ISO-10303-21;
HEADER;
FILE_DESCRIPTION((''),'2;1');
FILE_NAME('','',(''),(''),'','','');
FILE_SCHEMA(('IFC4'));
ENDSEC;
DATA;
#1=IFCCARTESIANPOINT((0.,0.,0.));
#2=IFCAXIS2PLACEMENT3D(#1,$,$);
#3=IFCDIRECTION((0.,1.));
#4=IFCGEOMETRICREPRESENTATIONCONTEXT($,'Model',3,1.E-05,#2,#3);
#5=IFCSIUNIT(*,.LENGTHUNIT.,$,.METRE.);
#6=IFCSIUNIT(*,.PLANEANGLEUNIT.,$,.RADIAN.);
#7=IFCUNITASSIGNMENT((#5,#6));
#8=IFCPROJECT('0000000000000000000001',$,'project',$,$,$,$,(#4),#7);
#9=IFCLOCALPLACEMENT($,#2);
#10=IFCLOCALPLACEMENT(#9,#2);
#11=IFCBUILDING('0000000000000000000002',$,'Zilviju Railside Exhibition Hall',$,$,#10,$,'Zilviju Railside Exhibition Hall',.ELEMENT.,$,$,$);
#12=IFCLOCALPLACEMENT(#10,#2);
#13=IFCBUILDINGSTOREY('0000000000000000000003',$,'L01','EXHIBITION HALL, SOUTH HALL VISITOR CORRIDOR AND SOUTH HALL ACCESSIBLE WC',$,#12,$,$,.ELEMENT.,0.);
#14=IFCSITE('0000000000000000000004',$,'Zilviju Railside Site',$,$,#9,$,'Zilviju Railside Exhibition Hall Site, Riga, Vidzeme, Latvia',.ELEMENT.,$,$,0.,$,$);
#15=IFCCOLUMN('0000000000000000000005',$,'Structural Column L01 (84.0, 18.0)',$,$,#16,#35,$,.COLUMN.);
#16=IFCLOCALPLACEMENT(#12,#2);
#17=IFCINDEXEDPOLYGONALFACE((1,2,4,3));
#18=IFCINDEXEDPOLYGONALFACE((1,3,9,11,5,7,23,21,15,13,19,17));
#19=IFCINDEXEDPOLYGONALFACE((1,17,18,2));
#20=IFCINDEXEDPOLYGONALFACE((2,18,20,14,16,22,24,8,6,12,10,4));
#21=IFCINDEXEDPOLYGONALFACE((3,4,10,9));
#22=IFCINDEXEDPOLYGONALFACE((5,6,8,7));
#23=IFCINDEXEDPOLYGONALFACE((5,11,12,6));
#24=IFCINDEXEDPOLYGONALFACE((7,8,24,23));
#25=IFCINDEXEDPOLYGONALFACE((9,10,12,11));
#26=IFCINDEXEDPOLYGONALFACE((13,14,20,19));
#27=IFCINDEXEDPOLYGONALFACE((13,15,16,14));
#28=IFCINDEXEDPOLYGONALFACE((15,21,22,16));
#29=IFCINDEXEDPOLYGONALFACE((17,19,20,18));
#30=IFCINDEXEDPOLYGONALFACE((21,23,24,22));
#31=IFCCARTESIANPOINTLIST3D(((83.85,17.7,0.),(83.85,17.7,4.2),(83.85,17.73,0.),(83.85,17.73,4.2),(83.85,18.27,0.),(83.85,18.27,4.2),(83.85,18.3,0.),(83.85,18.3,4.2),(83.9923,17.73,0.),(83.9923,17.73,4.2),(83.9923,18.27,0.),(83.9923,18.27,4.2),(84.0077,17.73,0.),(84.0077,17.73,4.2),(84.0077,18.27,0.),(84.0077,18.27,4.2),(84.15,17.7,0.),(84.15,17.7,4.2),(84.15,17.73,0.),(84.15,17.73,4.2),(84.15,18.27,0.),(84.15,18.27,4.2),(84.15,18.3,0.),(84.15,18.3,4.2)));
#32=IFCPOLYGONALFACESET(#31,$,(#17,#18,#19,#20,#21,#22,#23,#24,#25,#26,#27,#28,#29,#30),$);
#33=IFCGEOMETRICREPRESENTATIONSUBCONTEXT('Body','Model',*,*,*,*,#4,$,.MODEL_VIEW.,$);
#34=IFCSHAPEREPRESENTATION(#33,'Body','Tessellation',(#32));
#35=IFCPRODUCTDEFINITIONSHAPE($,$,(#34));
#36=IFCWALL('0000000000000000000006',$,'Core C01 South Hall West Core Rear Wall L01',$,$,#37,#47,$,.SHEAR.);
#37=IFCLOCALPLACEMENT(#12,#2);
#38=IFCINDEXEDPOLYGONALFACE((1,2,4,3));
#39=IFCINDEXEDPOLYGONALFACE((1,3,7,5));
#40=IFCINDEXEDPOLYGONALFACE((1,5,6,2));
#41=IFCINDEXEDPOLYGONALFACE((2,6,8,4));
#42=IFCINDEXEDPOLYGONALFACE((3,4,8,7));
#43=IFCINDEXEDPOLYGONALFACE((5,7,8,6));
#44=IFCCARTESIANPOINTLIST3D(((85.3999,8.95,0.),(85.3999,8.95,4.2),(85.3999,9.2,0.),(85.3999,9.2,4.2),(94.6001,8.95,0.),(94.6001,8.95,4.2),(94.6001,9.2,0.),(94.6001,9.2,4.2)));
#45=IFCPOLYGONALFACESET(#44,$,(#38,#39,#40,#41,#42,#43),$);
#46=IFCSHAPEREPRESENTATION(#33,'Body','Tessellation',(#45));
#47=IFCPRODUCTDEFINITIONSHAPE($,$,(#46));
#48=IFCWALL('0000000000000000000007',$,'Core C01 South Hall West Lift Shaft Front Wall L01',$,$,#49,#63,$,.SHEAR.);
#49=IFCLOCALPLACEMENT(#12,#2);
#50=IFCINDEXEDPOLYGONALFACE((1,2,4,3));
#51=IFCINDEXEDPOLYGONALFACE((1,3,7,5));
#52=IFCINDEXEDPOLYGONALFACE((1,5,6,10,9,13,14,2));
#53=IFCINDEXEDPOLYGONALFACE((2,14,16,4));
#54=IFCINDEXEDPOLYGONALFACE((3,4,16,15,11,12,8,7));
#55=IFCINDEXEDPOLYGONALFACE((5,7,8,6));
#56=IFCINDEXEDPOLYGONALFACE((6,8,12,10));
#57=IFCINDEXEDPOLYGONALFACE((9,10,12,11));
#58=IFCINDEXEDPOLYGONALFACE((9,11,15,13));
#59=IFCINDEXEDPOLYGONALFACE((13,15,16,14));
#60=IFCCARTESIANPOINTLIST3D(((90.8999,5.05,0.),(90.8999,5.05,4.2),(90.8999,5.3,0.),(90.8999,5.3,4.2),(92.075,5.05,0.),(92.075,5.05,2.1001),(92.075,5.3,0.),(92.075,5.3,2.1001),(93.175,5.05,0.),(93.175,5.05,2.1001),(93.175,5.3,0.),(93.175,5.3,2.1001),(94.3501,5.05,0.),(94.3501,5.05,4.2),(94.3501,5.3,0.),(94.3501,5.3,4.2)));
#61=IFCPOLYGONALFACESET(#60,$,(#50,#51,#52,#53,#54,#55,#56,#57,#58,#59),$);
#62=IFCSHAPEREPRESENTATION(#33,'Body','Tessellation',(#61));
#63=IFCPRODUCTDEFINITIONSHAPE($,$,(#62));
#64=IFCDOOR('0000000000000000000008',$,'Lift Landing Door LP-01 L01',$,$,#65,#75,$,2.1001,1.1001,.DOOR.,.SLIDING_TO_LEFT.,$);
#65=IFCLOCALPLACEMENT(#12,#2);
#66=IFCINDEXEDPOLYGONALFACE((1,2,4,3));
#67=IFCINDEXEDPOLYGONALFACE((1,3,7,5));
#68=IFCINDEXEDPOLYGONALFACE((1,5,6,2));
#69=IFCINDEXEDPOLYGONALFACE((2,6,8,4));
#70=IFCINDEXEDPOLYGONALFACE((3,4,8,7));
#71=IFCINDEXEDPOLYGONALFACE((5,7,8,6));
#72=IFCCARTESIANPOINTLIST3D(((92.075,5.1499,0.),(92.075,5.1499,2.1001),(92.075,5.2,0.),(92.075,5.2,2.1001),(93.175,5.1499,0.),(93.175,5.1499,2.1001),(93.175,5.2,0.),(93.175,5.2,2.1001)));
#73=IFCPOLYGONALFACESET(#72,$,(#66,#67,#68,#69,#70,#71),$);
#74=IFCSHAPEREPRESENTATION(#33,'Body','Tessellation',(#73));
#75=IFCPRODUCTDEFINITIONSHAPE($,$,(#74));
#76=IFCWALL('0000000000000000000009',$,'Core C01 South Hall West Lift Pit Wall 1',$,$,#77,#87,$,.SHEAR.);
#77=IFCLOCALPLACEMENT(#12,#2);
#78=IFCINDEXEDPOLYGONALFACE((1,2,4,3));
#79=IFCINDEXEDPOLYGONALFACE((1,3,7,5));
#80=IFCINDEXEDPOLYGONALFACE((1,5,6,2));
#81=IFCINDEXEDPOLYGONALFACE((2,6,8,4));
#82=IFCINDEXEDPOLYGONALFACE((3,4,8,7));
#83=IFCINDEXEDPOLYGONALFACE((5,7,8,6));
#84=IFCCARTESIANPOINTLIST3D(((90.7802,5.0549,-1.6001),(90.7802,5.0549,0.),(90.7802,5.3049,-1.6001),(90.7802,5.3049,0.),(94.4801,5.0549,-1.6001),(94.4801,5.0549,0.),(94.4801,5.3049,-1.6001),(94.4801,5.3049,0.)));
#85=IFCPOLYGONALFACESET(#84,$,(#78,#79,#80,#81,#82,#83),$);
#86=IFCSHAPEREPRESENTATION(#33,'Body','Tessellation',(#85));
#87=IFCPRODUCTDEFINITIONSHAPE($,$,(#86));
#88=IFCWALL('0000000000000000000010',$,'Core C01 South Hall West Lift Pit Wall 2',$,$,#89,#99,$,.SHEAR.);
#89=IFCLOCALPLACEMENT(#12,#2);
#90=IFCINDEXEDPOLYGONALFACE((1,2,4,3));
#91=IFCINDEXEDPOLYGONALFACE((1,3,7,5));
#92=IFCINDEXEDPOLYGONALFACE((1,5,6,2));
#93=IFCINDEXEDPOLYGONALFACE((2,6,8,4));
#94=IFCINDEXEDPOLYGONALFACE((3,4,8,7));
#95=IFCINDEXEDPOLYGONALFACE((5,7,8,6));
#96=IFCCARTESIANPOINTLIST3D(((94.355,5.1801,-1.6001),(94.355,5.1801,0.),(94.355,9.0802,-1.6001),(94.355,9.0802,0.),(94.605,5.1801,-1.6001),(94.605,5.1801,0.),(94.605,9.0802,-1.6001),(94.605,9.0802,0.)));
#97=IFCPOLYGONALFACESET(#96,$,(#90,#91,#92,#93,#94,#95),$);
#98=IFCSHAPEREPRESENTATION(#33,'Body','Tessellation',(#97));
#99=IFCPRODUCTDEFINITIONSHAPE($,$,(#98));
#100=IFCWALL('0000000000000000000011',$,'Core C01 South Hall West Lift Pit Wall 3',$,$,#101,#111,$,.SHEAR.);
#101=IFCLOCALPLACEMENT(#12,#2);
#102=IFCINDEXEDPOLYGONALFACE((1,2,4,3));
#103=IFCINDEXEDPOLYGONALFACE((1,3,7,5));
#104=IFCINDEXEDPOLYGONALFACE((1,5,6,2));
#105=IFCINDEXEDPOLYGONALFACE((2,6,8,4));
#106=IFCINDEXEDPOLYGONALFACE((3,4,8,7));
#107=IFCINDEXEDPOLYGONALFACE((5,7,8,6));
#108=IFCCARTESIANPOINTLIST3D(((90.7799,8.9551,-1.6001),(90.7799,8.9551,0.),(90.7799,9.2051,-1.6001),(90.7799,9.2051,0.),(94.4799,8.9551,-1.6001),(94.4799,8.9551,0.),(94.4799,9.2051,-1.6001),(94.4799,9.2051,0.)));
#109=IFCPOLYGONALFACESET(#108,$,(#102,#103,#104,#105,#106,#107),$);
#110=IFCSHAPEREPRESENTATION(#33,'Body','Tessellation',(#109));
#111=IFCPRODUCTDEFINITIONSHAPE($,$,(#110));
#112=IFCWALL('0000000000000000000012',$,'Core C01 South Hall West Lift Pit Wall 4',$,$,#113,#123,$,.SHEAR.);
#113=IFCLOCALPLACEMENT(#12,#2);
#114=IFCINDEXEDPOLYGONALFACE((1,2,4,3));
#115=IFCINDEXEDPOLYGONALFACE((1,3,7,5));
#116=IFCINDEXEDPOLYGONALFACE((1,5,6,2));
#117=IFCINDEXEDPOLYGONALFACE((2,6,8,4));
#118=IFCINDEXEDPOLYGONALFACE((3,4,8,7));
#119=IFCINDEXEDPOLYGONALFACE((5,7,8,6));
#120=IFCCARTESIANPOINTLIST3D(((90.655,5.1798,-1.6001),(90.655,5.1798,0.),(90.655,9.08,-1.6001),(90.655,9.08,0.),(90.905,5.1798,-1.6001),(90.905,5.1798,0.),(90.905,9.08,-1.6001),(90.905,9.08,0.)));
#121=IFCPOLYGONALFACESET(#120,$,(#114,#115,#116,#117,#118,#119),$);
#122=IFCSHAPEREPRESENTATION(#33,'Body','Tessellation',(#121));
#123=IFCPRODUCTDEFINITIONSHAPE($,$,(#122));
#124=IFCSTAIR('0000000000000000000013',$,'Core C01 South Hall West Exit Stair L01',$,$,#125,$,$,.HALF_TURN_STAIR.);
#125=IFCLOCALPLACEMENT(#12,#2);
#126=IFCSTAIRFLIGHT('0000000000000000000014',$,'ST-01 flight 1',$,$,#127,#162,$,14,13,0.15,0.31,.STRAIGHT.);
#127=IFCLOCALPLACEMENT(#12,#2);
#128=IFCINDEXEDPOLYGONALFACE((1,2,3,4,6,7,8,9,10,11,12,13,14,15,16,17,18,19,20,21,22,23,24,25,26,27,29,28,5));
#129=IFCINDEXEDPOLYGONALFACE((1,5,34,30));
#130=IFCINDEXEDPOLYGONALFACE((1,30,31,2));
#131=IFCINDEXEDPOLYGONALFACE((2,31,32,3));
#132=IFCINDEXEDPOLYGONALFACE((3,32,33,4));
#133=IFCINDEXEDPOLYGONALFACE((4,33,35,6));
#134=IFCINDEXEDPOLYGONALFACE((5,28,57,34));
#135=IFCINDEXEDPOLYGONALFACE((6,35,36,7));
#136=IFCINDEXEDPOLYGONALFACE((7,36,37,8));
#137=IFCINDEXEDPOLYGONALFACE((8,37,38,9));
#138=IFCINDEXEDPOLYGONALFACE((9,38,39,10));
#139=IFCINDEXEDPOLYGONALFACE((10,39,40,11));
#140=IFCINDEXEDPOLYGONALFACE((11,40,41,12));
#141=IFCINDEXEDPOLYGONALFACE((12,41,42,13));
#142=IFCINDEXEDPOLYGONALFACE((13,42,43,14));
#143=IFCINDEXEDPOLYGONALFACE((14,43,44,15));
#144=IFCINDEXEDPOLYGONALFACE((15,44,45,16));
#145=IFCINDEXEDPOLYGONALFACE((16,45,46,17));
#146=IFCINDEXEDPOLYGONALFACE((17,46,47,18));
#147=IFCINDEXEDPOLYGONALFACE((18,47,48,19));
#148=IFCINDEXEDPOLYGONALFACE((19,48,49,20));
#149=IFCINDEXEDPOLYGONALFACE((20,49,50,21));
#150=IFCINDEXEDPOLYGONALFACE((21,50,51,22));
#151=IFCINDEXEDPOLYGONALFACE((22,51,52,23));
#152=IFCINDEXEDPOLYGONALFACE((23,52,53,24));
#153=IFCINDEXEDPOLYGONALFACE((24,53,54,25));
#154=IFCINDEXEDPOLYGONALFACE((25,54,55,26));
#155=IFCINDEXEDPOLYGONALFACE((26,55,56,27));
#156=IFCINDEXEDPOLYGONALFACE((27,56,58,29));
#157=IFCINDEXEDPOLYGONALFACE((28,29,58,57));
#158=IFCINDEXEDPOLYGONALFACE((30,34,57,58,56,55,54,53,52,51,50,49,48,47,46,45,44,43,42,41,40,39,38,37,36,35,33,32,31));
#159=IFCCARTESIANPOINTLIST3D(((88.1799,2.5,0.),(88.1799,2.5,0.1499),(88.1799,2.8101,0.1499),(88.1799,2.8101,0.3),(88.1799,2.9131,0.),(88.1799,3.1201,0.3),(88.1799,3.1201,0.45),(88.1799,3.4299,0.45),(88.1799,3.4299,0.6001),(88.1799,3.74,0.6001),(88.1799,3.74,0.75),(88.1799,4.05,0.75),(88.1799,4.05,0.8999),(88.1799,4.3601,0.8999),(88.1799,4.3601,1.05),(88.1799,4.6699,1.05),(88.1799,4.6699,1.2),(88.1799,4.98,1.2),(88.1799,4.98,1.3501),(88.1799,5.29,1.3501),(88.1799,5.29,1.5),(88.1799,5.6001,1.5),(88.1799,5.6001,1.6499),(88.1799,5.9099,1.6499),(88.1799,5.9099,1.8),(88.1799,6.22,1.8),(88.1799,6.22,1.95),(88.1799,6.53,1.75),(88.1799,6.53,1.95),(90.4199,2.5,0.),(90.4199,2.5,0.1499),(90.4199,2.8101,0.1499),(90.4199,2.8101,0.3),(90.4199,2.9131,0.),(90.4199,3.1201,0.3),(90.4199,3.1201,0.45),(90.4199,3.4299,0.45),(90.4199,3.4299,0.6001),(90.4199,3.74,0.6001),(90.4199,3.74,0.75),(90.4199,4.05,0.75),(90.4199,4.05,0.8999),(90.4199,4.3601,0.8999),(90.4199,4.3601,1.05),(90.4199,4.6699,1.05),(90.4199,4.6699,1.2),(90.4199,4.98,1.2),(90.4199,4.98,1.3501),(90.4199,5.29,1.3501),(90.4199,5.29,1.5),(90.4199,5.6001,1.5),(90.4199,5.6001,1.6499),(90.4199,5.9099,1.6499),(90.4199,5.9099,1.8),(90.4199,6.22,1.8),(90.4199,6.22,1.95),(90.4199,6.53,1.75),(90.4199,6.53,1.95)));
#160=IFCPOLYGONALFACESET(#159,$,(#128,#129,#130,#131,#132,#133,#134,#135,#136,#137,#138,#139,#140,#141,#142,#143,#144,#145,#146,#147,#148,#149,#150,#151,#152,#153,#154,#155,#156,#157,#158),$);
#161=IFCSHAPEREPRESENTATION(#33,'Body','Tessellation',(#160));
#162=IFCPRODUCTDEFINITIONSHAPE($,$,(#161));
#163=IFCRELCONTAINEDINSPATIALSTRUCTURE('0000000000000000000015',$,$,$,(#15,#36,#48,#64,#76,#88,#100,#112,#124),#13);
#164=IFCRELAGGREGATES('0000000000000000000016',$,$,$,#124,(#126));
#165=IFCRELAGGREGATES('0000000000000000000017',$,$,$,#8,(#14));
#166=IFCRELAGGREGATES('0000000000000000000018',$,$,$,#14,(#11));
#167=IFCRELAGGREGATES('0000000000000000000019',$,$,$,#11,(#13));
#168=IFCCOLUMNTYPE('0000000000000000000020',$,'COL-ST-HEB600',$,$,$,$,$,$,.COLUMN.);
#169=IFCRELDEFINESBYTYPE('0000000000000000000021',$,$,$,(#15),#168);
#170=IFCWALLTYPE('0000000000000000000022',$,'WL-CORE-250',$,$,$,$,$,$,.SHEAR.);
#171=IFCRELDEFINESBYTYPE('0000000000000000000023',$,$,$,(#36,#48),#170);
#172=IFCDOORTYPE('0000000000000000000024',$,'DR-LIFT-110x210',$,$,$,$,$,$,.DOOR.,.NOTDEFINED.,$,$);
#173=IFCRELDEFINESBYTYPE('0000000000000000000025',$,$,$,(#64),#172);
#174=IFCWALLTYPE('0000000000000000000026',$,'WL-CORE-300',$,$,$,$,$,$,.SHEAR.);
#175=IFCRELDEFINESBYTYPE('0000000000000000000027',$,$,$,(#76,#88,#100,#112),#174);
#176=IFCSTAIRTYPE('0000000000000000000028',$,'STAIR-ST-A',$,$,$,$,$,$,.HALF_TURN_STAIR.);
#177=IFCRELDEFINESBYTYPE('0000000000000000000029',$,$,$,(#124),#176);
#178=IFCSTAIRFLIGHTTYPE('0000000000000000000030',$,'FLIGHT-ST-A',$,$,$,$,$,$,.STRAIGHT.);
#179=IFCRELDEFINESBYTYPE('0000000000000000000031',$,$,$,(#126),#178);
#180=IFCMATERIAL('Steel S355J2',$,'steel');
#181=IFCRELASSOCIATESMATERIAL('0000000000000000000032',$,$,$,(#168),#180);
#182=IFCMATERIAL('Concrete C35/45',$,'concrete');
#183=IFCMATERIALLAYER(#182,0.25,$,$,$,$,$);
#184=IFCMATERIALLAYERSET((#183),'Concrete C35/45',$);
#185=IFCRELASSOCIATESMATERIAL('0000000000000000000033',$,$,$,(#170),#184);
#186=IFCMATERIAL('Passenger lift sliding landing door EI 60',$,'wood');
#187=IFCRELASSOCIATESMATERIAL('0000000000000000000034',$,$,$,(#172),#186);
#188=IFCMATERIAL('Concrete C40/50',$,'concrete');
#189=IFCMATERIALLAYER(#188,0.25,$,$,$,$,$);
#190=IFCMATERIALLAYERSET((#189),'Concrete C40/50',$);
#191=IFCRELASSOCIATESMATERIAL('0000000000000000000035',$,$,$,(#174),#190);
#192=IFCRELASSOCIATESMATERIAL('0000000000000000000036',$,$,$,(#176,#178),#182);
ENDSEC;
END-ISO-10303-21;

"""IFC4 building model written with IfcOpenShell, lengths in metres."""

from ifc_helpers import new_model, si_unit, direction, frame, frame_2d, origin, origin_2d, place, context, subcontext, project, spatial, polyline, rectangle, i_section, outline, extrude, material, layer, layer_set, material_profile, profile_set, type_object, element, fill, aggregate, save


model = new_model("IFC4")

# Units and contexts
model_context = context("Model", 3, precision=1e-05, world=origin(), true_north=direction((0.0, 1.0)))
body_context = subcontext(model_context, "Body", "Model", "MODEL_VIEW")
ifc_project = project(units=[si_unit("LENGTHUNIT", "METRE"), si_unit("PLANEANGLEUNIT", "RADIAN")], contexts=[model_context])

# Site, building, storey
site_placement = place(None, origin())
site = spatial("IfcSite", under=ifc_project, at=site_placement, Name="Zilviju Railside Site", LongName="Zilviju Railside Exhibition Hall Site, Riga, Vidzeme, Latvia", CompositionType="ELEMENT", RefElevation=0.0)
building_placement = place(site_placement, origin())
building = spatial("IfcBuilding", under=site, at=building_placement, Name="Zilviju Railside Exhibition Hall", LongName="Zilviju Railside Exhibition Hall", CompositionType="ELEMENT")
storey_placement = place(building_placement, origin())
storey = spatial("IfcBuildingStorey", under=building, at=storey_placement, Name="L01", Description="EXHIBITION HALL, SOUTH HALL VISITOR CORRIDOR AND SOUTH HALL ACCESSIBLE WC", CompositionType="ELEMENT", Elevation=0.0)

# Shared definitions
ifc_material_1 = material(Name="Concrete C35/45", Category="concrete")
ifc_material_2 = material(Name="Concrete C40/50", Category="concrete")

# Column
ifc_material_3 = material(Name="Steel S355J2", Category="steel")
ifc_material_profile_1 = material_profile(ifc_material_3, i_section(OverallWidth=0.3, OverallDepth=0.6001, WebThickness=0.0154, FlangeThickness=0.03, at=origin_2d()), Name="HEB 600")
ifc_profile_set_1 = profile_set([ifc_material_profile_1], Name="Steel S355J2")
column_type = type_object("IfcColumnType", Name="COL-ST-HEB600", PredefinedType="COLUMN", material=ifc_profile_set_1)
column_placement = place(storey_placement, frame((84.0, 18.0, 0.0), z_axis=(0.0, 0.0, 1.0), x_axis=(1.0, 0.0, 0.0)))
element("IfcColumn", 1, at=column_placement, inside=storey, type_object=column_type, Name="Structural Column L01 (84.0, 18.0)", PredefinedType="COLUMN", context=body_context, shape_type="SweptSolid", body=[
    extrude(i_section(OverallWidth=0.3, OverallDepth=0.6001, WebThickness=0.0154, FlangeThickness=0.03, at=origin_2d()), origin(), (0.0, 0.0, 1.0), 4.2),
])

# Wall
ifc_layer_1 = layer(ifc_material_1, 0.25)
ifc_layer_set_1 = layer_set([ifc_layer_1], Name="Concrete C35/45")
wall_type_1 = type_object("IfcWallType", Name="WL-CORE-250", PredefinedType="SHEAR", material=ifc_layer_set_1)
wall_1_placement = place(storey_placement, frame((85.3999, 9.075, 0.0), z_axis=(0.0, 0.0, 1.0), x_axis=(1.0, 0.0, 0.0)))
element("IfcWall", 2, at=wall_1_placement, inside=storey, type_object=wall_type_1, Name="Core C01 South Hall West Core Rear Wall L01", PredefinedType="SHEAR", context=body_context, shape_type="SweptSolid", body=[
    extrude(rectangle(XDim=9.2002, YDim=0.25, at=frame_2d((4.6001, 0.0))), origin(), (0.0, 0.0, 1.0), 4.2),
])

# Wall, opening, door
wall_2_placement = place(storey_placement, frame((90.8999, 5.175, 0.0), z_axis=(0.0, 0.0, 1.0), x_axis=(1.0, 0.0, 0.0)))
wall_2 = element("IfcWall", 3, at=wall_2_placement, inside=storey, type_object=wall_type_1, Name="Core C01 South Hall West Lift Shaft Front Wall L01", PredefinedType="SHEAR", context=body_context, shape_type="SweptSolid", body=[
    extrude(rectangle(XDim=3.4502, YDim=0.25, at=frame_2d((1.7251, 0.0))), origin(), (0.0, 0.0, 1.0), 4.2),
])
opening_placement = place(wall_2_placement, frame((1.175, 0.0, 0.0)))
opening = element("IfcOpeningElement", 4, at=opening_placement, cuts=wall_2, PredefinedType="OPENING", context=body_context, shape_type="SweptSolid", body=[
    extrude(rectangle(XDim=1.1001, YDim=2.1001, at=frame_2d((0.55, 1.05))), frame((0.0, 0.135, 0.0), z_axis=(0.0, -1.0, 0.0), x_axis=(1.0, 0.0, 0.0)), (0.0, 0.0, 1.0), 0.27),
])
ifc_material_4 = material(Name="Passenger lift sliding landing door EI 60", Category="wood")
door_type = type_object("IfcDoorType", Name="DR-LIFT-110x210", OperationType="NOTDEFINED", PredefinedType="DOOR", material=ifc_material_4)
door_placement = place(opening_placement, origin())
door = element("IfcDoor", 5, at=door_placement, inside=storey, type_object=door_type, Name="Lift Landing Door LP-01 L01", OperationType="SLIDING_TO_LEFT", OverallHeight=2.1001, OverallWidth=1.1001, PredefinedType="DOOR", context=body_context, shape_type="SweptSolid", body=[
    extrude(rectangle(XDim=1.1001, YDim=2.1001, at=frame_2d((0.55, 1.05))), frame((0.0, 0.0249, 0.0), z_axis=(0.0, -1.0, 0.0), x_axis=(1.0, 0.0, 0.0)), (0.0, 0.0, 1.0), 0.05),
])
fill(opening, door)

# Walls
ifc_layer_2 = layer(ifc_material_2, 0.25)
ifc_layer_set_2 = layer_set([ifc_layer_2], Name="Concrete C40/50")
wall_type_2 = type_object("IfcWallType", Name="WL-CORE-300", PredefinedType="SHEAR", material=ifc_layer_set_2)
wall_3_placement = place(storey_placement, frame((90.78, 5.1799, -1.6001), z_axis=(0.0, 0.0, 1.0), x_axis=(1.0, 0.0, 0.0)))
element("IfcWall", 6, at=wall_3_placement, inside=storey, type_object=wall_type_2, Name="Core C01 South Hall West Lift Pit Wall 1", PredefinedType="SHEAR", context=body_context, shape_type="SweptSolid", body=[
    extrude(rectangle(XDim=3.7, YDim=0.25, at=frame_2d((1.8501, 0.0))), origin(), (0.0, 0.0, 1.0), 1.6001),
])
wall_4_placement = place(storey_placement, frame((94.48, 5.1799, -1.6001), z_axis=(0.0, 0.0, 1.0), x_axis=(0.0, 1.0, 0.0)))
element("IfcWall", 7, at=wall_4_placement, inside=storey, type_object=wall_type_2, Name="Core C01 South Hall West Lift Pit Wall 2", PredefinedType="SHEAR", context=body_context, shape_type="SweptSolid", body=[
    extrude(rectangle(XDim=3.9001, YDim=0.25, at=frame_2d((1.9502, 0.0))), origin(), (0.0, 0.0, 1.0), 1.6001),
])
wall_5_placement = place(storey_placement, frame((94.48, 9.0801, -1.6001), z_axis=(0.0, 0.0, 1.0), x_axis=(-1.0, 0.0, 0.0)))
element("IfcWall", 8, at=wall_5_placement, inside=storey, type_object=wall_type_2, Name="Core C01 South Hall West Lift Pit Wall 3", PredefinedType="SHEAR", context=body_context, shape_type="SweptSolid", body=[
    extrude(rectangle(XDim=3.7, YDim=0.25, at=frame_2d((1.8501, 0.0))), origin(), (0.0, 0.0, 1.0), 1.6001),
])
wall_6_placement = place(storey_placement, frame((90.78, 9.0801, -1.6001), z_axis=(0.0, 0.0, 1.0), x_axis=(0.0, -1.0, 0.0)))
element("IfcWall", 9, at=wall_6_placement, inside=storey, type_object=wall_type_2, Name="Core C01 South Hall West Lift Pit Wall 4", PredefinedType="SHEAR", context=body_context, shape_type="SweptSolid", body=[
    extrude(rectangle(XDim=3.9001, YDim=0.25, at=frame_2d((1.9502, 0.0))), origin(), (0.0, 0.0, 1.0), 1.6001),
])

# Stair, stair flight
stair_type = type_object("IfcStairType", Name="STAIR-ST-A", PredefinedType="HALF_TURN_STAIR", material=ifc_material_1)
stair_placement = place(storey_placement, origin())
stair = element("IfcStair", 10, at=stair_placement, inside=storey, type_object=stair_type, Name="Core C01 South Hall West Exit Stair L01", PredefinedType="HALF_TURN_STAIR")
stair_flight_type = type_object("IfcStairFlightType", Name="FLIGHT-ST-A", PredefinedType="STRAIGHT", material=ifc_material_1)
stair_flight_1_placement = place(storey_placement, frame((89.3, 2.5, 0.0), z_axis=(0.0, 0.0, 1.0), x_axis=(0.0, 1.0, 0.0)))
stair_flight_1 = element("IfcStairFlight", 11, at=stair_flight_1_placement, type_object=stair_flight_type, Name="ST-01 flight 1", NumberOfRisers=14, NumberOfTreads=13, PredefinedType="STRAIGHT", RiserHeight=0.15, TreadLength=0.31, context=body_context, shape_type="SweptSolid", body=[
    extrude(outline(polyline([(0.0, 0.0), (0.0, 0.1499), (0.3101, 0.1499), (0.3101, 0.3), (0.6201, 0.3), (0.6201, 0.45), (0.9299, 0.45), (0.9299, 0.6001), (1.24, 0.6001), (1.24, 0.75), (1.55, 0.75), (1.55, 0.8999), (1.8601, 0.8999), (1.8601, 1.05), (2.1699, 1.05), (2.1699, 1.2), (2.48, 1.2), (2.48, 1.3501), (2.79, 1.3501), (2.79, 1.5), (3.1001, 1.5), (3.1001, 1.6499), (3.4099, 1.6499), (3.4099, 1.8), (3.72, 1.8), (3.72, 1.95), (4.03, 1.95), (4.03, 2.1001), (4.03, 1.75), (0.4131, 0.0), (0.0, 0.0)])), frame((0.0, 1.1201, 0.0), z_axis=(0.0, -1.0, 0.0), x_axis=(1.0, 0.0, 0.0)), (0.0, 0.0, 1.0), 2.24),
])
aggregate(stair, [stair_flight_1])

save(model, "model.ifc")
